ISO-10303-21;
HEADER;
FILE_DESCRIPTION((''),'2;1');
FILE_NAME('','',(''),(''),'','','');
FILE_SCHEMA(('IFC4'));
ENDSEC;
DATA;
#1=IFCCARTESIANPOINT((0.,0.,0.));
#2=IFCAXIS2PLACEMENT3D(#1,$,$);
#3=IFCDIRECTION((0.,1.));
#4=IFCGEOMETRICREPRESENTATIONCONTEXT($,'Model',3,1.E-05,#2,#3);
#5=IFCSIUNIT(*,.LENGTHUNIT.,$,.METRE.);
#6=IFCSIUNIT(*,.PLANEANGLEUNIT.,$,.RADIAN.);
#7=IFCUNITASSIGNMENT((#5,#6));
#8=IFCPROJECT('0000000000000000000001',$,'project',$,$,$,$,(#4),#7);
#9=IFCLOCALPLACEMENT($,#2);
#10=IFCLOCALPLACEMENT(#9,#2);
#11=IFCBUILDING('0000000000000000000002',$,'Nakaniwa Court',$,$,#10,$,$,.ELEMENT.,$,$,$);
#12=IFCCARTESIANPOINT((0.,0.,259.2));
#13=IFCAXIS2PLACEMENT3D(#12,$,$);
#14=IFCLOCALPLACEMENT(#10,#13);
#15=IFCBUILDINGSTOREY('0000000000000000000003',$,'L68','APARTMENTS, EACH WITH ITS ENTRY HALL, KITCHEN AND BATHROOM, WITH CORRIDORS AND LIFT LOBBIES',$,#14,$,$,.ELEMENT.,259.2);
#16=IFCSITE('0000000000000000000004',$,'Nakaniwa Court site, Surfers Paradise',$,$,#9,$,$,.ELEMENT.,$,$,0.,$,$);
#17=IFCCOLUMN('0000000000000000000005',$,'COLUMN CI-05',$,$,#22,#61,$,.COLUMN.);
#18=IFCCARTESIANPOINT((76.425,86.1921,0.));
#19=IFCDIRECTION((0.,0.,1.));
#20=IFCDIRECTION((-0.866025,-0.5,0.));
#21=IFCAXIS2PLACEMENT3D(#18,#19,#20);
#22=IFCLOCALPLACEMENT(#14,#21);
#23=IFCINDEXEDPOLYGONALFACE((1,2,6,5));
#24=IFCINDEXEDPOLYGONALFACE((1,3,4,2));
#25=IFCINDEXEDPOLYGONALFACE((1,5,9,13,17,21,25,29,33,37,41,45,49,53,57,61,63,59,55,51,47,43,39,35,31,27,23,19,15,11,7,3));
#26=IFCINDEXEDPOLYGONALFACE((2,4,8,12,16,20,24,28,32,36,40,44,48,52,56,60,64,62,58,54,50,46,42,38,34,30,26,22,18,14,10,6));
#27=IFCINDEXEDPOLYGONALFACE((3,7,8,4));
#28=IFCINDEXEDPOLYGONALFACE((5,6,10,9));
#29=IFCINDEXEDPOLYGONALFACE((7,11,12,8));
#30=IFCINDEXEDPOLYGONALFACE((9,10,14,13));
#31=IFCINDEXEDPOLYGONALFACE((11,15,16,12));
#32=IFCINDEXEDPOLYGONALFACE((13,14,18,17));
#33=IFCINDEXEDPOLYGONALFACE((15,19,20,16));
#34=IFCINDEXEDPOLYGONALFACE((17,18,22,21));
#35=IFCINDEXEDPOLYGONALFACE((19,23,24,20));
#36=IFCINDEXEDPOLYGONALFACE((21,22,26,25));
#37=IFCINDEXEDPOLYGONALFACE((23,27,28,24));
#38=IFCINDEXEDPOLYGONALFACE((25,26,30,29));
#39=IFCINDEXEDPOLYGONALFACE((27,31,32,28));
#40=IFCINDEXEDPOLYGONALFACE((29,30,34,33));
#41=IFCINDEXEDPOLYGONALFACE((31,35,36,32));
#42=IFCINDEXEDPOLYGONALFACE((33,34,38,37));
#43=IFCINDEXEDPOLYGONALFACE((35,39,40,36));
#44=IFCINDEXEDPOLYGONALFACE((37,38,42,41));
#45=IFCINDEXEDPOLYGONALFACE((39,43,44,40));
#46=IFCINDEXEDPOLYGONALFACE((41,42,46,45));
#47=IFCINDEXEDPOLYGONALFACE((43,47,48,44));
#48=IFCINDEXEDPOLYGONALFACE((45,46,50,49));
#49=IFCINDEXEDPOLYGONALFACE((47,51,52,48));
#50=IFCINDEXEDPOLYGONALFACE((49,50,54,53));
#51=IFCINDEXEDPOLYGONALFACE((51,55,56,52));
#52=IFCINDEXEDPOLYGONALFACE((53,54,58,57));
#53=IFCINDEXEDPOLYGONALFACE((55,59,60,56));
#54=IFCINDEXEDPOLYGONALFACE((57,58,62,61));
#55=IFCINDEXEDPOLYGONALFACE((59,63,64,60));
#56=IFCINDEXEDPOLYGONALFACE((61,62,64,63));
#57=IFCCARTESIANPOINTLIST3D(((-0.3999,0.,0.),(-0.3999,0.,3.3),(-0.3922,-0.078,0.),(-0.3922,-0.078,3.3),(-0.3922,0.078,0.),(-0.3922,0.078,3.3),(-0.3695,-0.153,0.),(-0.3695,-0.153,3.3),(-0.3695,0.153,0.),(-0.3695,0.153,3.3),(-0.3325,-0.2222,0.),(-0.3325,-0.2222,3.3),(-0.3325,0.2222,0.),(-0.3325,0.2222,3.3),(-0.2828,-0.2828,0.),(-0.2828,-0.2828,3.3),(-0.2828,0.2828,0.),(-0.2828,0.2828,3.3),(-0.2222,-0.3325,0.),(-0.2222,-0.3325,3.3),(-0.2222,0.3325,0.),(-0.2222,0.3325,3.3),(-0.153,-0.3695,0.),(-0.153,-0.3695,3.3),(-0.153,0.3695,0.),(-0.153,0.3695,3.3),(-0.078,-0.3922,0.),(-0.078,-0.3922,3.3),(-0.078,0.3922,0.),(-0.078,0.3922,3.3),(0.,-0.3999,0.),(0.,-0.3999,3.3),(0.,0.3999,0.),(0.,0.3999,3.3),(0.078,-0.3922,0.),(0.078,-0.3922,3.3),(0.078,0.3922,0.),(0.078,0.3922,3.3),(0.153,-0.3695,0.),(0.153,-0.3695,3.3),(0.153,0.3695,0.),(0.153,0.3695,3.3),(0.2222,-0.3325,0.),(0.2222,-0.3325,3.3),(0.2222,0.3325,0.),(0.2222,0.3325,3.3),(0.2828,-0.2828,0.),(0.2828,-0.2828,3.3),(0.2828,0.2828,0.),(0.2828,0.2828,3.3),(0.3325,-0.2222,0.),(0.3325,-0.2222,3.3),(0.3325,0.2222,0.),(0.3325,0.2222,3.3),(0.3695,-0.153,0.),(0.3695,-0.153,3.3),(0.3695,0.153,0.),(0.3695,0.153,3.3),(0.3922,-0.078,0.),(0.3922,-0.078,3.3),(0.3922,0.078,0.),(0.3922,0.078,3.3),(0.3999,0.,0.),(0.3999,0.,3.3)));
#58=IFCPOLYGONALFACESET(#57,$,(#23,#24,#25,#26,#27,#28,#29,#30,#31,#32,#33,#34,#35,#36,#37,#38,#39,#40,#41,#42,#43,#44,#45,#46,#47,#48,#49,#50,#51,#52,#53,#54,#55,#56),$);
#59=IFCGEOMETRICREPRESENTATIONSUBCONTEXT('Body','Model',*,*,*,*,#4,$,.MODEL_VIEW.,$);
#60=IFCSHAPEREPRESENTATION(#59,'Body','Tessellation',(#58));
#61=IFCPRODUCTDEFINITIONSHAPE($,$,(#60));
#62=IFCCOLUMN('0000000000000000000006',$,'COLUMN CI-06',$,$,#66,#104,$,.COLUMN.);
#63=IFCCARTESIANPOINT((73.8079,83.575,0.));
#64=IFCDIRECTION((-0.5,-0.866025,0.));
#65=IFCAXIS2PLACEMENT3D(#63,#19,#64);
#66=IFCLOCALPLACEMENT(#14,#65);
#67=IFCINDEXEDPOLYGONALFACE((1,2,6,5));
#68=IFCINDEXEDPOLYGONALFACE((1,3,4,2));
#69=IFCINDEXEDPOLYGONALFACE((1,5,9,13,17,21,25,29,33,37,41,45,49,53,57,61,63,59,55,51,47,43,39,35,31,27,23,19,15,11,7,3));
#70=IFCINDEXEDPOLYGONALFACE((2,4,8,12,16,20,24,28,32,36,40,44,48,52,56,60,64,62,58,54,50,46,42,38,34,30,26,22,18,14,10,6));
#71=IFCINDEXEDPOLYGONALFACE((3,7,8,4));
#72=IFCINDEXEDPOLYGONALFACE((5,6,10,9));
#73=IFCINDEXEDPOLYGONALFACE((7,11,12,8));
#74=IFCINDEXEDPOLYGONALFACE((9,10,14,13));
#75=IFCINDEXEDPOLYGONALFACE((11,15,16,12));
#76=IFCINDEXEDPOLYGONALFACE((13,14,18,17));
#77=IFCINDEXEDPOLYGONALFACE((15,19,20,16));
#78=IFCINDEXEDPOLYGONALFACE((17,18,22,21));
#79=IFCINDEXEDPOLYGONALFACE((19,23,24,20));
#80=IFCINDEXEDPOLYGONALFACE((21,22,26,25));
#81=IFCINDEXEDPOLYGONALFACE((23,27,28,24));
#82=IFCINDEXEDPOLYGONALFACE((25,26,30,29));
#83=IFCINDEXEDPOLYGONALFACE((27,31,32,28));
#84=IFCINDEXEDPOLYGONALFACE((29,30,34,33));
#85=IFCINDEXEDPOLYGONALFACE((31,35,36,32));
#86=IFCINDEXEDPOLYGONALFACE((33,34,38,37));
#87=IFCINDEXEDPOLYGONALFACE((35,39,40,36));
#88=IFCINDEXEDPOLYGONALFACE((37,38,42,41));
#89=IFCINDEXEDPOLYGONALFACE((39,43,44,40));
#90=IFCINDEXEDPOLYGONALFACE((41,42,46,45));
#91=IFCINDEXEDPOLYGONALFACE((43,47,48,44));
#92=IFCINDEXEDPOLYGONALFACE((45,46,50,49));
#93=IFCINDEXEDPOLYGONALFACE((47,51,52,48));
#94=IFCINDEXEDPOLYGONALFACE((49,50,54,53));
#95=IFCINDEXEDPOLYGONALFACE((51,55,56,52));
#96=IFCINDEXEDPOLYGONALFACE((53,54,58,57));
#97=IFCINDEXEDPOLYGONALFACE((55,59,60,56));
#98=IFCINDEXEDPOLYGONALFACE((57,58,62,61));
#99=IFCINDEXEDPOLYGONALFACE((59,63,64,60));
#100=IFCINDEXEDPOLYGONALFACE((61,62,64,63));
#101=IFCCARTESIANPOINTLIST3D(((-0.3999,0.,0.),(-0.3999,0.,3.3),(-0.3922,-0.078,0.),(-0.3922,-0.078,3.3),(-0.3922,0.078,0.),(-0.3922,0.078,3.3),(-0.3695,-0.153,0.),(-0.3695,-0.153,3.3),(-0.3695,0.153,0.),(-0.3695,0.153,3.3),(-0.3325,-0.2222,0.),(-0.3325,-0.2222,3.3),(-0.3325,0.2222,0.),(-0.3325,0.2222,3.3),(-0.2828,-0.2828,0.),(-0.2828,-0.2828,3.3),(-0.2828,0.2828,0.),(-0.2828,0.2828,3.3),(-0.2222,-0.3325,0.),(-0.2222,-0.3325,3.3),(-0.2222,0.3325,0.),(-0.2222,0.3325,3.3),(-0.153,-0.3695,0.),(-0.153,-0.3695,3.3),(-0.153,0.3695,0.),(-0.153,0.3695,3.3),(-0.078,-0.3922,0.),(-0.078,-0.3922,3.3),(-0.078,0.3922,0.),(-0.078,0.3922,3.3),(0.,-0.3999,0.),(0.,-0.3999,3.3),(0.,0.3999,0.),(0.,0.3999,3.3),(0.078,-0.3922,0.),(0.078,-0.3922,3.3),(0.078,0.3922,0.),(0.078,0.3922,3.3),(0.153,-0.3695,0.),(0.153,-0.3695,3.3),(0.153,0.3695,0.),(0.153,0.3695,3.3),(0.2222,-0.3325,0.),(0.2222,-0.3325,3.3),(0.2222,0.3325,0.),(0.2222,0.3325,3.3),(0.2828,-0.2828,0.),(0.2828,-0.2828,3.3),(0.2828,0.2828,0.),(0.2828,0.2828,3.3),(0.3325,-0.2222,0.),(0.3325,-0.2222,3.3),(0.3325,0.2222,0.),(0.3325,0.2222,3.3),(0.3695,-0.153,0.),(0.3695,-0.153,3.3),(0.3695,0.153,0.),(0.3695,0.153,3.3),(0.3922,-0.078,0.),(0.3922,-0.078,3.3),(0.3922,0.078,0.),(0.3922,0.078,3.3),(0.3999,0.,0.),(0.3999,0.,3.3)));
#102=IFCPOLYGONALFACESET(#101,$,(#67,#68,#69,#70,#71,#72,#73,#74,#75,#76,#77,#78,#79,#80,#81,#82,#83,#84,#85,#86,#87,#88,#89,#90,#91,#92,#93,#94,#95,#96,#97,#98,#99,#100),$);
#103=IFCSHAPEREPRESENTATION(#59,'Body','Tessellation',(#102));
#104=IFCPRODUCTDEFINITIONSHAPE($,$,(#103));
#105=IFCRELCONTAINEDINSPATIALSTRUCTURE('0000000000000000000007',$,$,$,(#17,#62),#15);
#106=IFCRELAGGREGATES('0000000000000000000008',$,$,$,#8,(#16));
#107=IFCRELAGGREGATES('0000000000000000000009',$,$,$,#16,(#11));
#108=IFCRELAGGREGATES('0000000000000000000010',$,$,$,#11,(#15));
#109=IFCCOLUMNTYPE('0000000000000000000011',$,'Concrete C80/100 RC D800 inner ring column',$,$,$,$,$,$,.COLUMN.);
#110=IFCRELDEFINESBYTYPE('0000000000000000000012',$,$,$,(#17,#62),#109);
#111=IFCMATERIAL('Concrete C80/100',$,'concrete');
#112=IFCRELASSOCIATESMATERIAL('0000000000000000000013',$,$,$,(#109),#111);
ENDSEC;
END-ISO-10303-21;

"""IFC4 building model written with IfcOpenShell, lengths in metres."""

from ifc_helpers import new_model, si_unit, direction, frame, origin, origin_2d, place, context, subcontext, project, spatial, circle, extrude, material, material_profile, profile_set, type_object, element, save


model = new_model("IFC4")

# Units and contexts
model_context = context("Model", 3, precision=1e-05, world=origin(), true_north=direction((0.0, 1.0)))
body_context = subcontext(model_context, "Body", "Model", "MODEL_VIEW")
ifc_project = project(units=[si_unit("LENGTHUNIT", "METRE"), si_unit("PLANEANGLEUNIT", "RADIAN")], contexts=[model_context])

# Site, building, storey
site_placement = place(None, origin())
site = spatial("IfcSite", under=ifc_project, at=site_placement, Name="Nakaniwa Court site, Surfers Paradise", CompositionType="ELEMENT", RefElevation=0.0)
building_placement = place(site_placement, origin())
building = spatial("IfcBuilding", under=site, at=building_placement, Name="Nakaniwa Court", CompositionType="ELEMENT")
storey_placement = place(building_placement, frame((0.0, 0.0, 259.2)))
storey = spatial("IfcBuildingStorey", under=building, at=storey_placement, Name="L68", Description="APARTMENTS, EACH WITH ITS ENTRY HALL, KITCHEN AND BATHROOM, WITH CORRIDORS AND LIFT LOBBIES", CompositionType="ELEMENT", Elevation=259.2)

# Columns
ifc_material_1 = material(Name="Concrete C80/100", Category="concrete")
ifc_material_profile_1 = material_profile(ifc_material_1, circle(Radius=0.3999, at=origin_2d()), Name="Concrete C80/100 RC D800 inner ring column")
ifc_profile_set_1 = profile_set([ifc_material_profile_1], Name="Concrete C80/100")
column_type_1 = type_object("IfcColumnType", Name="Concrete C80/100 RC D800 inner ring column", PredefinedType="COLUMN", material=ifc_profile_set_1)
for number, where, z_axis, x_axis, name in (
    (1, (76.425, 86.1921, 0.0), (0.0, 0.0, 1.0), (-0.866025, -0.5, 0.0), "COLUMN CI-05"),
    (2, (73.8079, 83.575, 0.0), (0.0, 0.0, 1.0), (-0.5, -0.866025, 0.0), "COLUMN CI-06"),
):
    element("IfcColumn", number, at=place(storey_placement, frame(where, z_axis=z_axis, x_axis=x_axis)), inside=storey, type_object=column_type_1, Name=name, PredefinedType="COLUMN", context=body_context, shape_type="SweptSolid", body=[
        extrude(circle(Radius=0.3999, at=origin_2d()), origin(), (0.0, 0.0, 1.0), 3.3),
    ])

save(model, "model.ifc")
